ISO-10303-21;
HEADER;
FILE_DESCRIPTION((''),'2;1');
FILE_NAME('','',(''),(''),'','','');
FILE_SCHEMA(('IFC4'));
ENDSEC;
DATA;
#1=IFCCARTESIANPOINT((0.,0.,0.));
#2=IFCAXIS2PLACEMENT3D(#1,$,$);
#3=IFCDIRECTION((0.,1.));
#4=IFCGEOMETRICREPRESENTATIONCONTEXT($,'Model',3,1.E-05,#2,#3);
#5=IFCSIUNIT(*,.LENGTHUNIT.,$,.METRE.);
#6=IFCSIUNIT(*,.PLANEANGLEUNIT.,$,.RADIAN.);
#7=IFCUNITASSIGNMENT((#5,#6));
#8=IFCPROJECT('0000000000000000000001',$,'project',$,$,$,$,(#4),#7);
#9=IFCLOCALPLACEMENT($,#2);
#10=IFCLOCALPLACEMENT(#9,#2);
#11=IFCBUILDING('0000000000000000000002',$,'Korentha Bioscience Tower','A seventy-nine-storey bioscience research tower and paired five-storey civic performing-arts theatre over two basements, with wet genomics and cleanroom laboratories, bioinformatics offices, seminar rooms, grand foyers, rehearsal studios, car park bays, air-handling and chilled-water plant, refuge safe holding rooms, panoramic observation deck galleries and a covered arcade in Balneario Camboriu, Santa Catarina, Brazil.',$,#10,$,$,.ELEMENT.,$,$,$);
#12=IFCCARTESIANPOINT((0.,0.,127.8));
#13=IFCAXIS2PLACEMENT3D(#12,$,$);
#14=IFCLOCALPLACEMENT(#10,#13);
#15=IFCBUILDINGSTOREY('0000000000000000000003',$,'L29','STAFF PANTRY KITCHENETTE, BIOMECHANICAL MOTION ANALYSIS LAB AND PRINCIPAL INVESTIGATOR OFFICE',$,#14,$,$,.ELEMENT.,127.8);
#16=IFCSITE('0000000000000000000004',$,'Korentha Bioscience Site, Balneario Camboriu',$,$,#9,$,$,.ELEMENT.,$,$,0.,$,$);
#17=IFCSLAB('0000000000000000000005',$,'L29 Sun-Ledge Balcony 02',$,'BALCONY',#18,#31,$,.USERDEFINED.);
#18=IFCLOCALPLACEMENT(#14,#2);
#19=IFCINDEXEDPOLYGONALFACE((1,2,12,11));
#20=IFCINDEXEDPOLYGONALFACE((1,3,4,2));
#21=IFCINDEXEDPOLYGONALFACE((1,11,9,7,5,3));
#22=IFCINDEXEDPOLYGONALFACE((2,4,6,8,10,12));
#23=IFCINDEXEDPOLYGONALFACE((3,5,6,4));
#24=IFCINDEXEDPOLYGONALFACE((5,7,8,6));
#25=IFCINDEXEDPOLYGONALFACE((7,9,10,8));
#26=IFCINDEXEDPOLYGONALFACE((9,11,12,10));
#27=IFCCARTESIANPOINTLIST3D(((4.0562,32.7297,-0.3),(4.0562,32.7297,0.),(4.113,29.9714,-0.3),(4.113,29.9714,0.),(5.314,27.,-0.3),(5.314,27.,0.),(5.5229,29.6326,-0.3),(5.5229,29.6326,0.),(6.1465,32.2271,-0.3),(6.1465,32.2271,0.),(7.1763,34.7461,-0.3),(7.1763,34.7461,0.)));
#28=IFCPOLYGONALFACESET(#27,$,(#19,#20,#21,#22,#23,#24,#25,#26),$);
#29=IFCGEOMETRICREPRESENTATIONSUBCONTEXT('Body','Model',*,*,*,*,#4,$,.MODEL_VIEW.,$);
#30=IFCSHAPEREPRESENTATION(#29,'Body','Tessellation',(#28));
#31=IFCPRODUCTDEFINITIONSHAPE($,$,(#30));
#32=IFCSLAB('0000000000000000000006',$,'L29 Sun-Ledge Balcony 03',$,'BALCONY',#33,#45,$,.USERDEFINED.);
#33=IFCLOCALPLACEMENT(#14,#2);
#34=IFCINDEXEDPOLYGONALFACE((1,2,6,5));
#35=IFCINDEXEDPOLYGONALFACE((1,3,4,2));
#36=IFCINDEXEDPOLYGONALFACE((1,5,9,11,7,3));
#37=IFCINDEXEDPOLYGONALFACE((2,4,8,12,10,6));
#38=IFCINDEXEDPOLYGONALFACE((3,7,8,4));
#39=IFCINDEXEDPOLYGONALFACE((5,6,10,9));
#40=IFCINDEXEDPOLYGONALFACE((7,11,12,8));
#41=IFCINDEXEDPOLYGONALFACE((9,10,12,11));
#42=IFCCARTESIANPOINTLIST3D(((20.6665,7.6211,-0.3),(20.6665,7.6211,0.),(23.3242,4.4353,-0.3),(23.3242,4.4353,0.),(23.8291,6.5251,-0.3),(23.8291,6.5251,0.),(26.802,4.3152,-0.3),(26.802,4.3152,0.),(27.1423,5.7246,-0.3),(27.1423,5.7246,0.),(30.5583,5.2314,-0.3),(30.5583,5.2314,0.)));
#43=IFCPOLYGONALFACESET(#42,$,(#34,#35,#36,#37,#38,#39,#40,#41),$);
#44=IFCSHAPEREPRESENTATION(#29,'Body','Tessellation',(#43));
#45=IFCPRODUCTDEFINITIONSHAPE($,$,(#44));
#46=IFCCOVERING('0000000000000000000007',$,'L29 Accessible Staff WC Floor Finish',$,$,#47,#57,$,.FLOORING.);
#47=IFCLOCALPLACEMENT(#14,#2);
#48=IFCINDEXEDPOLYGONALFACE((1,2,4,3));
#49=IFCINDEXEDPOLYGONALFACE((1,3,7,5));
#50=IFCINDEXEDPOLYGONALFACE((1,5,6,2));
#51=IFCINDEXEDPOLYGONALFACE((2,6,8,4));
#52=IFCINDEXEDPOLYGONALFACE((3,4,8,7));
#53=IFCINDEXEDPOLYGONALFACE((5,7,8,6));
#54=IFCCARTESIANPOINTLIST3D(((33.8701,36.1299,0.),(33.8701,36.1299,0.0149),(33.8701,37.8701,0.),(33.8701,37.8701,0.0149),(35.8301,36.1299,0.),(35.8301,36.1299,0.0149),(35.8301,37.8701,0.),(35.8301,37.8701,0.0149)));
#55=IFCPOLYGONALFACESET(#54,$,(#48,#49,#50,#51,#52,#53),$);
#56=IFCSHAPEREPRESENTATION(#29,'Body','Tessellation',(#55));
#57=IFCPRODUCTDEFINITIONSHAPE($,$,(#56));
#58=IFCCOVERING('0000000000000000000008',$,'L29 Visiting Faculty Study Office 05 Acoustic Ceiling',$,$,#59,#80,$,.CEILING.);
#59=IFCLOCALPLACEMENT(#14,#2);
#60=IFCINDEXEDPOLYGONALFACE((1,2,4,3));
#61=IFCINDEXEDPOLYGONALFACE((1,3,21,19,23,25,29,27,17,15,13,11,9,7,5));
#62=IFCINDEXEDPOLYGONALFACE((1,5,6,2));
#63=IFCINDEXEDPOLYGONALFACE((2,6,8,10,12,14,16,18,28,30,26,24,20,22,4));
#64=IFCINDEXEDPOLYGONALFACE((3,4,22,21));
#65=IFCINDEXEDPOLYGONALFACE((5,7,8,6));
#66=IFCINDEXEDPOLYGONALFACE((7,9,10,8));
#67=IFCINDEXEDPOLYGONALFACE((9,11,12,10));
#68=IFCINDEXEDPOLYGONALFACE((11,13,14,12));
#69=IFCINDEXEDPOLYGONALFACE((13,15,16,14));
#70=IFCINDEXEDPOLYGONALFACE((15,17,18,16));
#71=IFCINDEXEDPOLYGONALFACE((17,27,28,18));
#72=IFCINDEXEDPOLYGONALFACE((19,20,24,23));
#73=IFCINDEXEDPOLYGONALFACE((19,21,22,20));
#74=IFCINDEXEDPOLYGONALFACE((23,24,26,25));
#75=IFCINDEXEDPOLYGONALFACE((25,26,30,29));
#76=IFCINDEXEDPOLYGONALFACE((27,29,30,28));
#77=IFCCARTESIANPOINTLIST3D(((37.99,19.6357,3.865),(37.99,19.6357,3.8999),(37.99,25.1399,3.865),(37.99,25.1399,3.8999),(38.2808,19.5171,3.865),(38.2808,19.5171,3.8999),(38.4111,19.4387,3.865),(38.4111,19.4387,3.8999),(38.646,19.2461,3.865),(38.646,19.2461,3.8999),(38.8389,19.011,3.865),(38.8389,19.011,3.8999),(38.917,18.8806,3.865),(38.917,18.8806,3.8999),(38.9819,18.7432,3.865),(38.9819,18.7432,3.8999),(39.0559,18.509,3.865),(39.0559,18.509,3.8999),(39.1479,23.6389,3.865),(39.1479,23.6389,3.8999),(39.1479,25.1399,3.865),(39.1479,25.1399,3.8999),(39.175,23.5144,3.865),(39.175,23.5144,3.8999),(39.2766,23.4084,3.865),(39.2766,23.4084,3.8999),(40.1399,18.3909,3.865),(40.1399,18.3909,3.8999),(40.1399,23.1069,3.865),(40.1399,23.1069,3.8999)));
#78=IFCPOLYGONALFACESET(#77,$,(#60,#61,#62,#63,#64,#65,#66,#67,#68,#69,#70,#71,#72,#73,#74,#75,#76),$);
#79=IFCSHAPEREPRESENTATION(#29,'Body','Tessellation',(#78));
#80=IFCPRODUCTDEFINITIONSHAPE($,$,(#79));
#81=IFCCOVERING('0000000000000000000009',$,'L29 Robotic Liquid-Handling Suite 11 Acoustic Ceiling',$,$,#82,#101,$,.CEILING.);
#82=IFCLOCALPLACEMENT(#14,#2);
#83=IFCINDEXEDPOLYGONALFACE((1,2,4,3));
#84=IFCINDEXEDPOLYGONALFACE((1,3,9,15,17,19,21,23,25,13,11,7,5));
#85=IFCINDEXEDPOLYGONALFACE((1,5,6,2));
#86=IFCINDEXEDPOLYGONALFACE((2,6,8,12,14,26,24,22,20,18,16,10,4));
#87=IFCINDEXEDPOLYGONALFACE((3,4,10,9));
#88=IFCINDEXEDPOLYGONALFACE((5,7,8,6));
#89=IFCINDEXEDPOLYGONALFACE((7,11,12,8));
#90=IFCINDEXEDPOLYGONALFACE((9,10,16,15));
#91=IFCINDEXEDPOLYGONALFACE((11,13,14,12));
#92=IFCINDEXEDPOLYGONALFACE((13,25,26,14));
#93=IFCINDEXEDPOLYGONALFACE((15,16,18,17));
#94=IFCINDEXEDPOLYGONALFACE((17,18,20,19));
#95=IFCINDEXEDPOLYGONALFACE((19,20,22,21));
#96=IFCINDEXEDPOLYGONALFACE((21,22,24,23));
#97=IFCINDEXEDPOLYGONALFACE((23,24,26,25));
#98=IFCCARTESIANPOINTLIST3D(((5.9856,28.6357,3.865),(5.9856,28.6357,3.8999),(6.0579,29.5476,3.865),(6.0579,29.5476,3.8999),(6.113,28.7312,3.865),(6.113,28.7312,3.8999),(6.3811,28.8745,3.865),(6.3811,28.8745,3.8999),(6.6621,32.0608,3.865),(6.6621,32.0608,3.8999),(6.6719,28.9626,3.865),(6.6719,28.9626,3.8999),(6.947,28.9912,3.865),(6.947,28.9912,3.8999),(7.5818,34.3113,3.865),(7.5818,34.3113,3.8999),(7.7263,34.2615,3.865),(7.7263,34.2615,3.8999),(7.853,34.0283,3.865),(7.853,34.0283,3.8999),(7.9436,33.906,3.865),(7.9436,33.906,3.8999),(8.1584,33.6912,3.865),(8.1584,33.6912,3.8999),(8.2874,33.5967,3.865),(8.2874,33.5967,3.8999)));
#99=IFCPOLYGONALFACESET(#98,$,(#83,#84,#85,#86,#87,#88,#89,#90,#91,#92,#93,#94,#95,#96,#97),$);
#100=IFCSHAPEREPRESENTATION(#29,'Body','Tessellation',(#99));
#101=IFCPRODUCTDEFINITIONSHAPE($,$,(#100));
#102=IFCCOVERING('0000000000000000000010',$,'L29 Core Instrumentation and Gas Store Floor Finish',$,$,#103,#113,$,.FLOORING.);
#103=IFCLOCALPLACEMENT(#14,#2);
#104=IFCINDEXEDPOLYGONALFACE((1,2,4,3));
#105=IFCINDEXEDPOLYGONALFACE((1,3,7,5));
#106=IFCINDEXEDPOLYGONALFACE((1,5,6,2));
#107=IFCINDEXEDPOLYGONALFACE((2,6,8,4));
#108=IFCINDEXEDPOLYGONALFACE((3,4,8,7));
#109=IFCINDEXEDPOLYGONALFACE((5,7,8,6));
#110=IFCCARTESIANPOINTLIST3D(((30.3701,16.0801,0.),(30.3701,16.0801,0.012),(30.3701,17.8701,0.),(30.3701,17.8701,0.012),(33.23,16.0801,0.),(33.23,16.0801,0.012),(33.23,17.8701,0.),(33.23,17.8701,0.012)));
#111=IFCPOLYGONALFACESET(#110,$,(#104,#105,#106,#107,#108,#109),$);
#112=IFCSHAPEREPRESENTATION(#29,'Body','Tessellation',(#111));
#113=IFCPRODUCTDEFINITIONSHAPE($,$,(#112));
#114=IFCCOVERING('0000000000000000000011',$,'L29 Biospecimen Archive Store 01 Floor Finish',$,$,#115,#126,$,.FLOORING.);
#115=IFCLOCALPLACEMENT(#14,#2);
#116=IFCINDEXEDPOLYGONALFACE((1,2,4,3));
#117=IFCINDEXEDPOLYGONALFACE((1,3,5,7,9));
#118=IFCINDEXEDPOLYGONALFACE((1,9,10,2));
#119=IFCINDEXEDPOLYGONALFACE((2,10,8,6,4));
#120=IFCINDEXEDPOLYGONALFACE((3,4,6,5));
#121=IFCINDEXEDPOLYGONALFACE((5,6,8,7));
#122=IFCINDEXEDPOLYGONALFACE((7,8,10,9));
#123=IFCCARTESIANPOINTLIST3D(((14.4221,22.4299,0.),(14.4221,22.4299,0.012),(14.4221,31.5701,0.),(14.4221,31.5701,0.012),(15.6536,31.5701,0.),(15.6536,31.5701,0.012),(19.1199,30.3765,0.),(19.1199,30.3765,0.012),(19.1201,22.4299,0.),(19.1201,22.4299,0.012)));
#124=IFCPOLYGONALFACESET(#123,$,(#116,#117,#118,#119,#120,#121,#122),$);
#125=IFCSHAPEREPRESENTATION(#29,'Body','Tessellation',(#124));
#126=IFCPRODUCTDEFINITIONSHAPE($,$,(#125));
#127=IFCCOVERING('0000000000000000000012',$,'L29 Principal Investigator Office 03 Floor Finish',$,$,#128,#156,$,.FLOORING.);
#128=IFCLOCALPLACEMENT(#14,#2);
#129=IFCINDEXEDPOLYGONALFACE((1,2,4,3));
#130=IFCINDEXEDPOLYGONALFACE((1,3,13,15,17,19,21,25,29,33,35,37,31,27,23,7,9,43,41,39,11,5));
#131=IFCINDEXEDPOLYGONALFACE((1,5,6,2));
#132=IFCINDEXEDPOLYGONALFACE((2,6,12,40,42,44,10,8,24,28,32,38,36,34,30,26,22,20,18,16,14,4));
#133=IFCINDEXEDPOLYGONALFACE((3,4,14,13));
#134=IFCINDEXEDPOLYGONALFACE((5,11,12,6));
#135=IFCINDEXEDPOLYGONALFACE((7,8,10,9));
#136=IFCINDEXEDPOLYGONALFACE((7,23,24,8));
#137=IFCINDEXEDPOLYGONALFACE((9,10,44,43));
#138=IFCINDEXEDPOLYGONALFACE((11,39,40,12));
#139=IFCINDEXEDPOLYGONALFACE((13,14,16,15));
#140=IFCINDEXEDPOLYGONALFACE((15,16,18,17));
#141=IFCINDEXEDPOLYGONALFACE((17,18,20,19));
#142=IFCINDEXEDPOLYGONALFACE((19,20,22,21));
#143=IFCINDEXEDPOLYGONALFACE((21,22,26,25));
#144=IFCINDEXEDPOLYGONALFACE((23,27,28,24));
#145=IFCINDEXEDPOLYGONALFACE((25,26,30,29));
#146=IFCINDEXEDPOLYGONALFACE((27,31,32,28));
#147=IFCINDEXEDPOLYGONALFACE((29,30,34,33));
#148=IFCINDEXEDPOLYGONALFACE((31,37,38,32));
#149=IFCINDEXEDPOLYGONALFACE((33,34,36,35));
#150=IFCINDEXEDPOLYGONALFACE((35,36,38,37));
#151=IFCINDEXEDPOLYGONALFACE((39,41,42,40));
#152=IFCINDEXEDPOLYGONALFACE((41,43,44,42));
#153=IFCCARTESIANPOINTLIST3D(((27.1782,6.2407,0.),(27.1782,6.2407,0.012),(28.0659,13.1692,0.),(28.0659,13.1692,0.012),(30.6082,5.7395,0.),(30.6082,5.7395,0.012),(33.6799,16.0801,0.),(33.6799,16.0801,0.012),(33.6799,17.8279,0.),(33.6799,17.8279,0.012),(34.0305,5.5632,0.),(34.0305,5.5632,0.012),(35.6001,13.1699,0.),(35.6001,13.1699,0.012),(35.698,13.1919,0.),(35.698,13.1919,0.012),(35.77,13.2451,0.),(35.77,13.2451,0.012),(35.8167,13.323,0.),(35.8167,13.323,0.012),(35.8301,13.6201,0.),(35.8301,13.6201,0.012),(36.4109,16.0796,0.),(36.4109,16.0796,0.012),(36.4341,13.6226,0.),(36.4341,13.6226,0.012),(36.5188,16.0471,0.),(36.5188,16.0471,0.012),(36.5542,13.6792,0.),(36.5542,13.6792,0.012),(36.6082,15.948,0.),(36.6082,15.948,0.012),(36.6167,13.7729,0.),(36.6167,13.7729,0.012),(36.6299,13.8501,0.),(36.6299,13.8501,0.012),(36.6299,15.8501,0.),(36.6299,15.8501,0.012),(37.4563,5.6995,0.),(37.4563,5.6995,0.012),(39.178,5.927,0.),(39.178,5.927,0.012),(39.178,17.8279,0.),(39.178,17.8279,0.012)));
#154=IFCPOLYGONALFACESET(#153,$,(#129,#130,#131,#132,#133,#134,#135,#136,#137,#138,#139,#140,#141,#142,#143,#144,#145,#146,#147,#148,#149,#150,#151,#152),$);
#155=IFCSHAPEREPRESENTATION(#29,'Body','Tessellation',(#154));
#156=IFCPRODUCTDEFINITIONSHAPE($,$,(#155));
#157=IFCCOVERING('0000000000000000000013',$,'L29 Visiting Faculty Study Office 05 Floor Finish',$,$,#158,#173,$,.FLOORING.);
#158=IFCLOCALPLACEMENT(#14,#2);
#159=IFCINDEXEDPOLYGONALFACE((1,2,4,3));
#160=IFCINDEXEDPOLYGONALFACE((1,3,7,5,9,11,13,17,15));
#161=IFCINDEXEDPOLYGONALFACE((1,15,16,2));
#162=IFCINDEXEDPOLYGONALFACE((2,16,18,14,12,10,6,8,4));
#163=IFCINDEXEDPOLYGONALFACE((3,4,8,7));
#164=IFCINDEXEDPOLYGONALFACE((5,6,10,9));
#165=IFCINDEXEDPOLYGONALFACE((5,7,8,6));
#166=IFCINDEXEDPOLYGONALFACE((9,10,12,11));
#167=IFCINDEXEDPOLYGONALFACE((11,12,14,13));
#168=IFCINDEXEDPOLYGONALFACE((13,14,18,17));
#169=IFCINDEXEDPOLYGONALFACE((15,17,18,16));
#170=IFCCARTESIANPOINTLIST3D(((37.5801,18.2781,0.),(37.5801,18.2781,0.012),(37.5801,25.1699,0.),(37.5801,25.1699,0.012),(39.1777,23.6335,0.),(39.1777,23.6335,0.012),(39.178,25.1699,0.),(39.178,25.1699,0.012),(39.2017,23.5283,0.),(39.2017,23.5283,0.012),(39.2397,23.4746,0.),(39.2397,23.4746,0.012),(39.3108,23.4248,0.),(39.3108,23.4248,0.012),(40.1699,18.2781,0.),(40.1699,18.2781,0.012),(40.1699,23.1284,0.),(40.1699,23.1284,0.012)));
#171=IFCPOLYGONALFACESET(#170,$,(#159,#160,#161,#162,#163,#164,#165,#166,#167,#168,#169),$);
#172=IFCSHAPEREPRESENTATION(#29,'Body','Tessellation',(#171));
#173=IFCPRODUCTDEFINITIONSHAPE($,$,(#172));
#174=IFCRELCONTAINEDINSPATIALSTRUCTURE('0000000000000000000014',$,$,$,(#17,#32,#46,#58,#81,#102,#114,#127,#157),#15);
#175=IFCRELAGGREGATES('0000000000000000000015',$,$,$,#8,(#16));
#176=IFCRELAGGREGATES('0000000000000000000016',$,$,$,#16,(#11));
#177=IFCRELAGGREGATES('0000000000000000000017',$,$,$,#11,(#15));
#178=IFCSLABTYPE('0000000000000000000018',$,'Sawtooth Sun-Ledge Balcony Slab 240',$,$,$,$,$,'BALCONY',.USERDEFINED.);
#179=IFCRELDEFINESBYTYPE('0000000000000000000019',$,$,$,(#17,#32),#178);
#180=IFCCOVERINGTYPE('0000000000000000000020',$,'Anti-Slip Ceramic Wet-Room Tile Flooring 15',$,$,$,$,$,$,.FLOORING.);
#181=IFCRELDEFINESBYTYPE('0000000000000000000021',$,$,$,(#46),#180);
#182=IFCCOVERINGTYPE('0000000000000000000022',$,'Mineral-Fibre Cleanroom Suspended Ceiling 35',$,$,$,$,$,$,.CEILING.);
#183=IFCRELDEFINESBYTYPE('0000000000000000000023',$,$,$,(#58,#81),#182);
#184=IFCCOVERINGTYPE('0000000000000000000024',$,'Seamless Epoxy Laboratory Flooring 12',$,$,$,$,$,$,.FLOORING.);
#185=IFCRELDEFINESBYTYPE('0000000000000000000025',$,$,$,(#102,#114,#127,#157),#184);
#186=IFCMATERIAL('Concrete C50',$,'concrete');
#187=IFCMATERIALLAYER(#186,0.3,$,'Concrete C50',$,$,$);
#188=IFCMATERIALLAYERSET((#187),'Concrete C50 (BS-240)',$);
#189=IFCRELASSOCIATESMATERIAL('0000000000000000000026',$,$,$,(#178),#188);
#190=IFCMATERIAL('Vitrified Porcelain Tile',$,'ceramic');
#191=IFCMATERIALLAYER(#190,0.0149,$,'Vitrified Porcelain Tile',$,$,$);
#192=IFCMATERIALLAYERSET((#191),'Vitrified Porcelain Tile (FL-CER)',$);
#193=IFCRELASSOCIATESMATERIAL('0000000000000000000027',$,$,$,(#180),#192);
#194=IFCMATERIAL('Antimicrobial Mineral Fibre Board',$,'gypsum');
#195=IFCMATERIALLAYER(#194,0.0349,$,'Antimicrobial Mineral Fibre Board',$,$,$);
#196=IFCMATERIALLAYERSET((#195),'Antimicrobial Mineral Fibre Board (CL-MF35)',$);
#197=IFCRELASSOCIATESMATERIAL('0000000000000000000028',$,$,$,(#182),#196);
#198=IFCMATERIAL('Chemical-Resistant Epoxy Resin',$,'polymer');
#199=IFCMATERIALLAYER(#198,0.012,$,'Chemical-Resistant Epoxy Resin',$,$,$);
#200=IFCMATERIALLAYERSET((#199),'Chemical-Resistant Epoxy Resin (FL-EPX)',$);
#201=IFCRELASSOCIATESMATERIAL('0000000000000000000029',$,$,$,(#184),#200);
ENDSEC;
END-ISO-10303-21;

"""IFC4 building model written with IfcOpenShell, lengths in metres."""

from ifc_helpers import new_model, si_unit, direction, frame, origin, place, context, subcontext, project, spatial, polyline, outline, extrude, material, layer, layer_set, type_object, element, save


model = new_model("IFC4")

# Units and contexts
model_context = context("Model", 3, precision=1e-05, world=origin(), true_north=direction((0.0, 1.0)))
body_context = subcontext(model_context, "Body", "Model", "MODEL_VIEW")
ifc_project = project(units=[si_unit("LENGTHUNIT", "METRE"), si_unit("PLANEANGLEUNIT", "RADIAN")], contexts=[model_context])

# Site, building, storey
site_placement = place(None, origin())
site = spatial("IfcSite", under=ifc_project, at=site_placement, Name="Korentha Bioscience Site, Balneario Camboriu", CompositionType="ELEMENT", RefElevation=0.0)
building_placement = place(site_placement, origin())
building = spatial("IfcBuilding", under=site, at=building_placement, Name="Korentha Bioscience Tower", Description="A seventy-nine-storey bioscience research tower and paired five-storey civic performing-arts theatre over two basements, with wet genomics and cleanroom laboratories, bioinformatics offices, seminar rooms, grand foyers, rehearsal studios, car park bays, air-handling and chilled-water plant, refuge safe holding rooms, panoramic observation deck galleries and a covered arcade in Balneario Camboriu, Santa Catarina, Brazil.", CompositionType="ELEMENT")
storey_placement = place(building_placement, frame((0.0, 0.0, 127.8)))
storey = spatial("IfcBuildingStorey", under=building, at=storey_placement, Name="L29", Description="STAFF PANTRY KITCHENETTE, BIOMECHANICAL MOTION ANALYSIS LAB AND PRINCIPAL INVESTIGATOR OFFICE", CompositionType="ELEMENT", Elevation=127.8)

# Shared definitions
ifc_material_1 = material(Name="Concrete C50", Category="concrete")

# Slabs
ifc_layer_1 = layer(ifc_material_1, 0.3, Name="Concrete C50")
ifc_layer_set_1 = layer_set([ifc_layer_1], Name="Concrete C50 (BS-240)")
slab_type_1 = type_object("IfcSlabType", Name="Sawtooth Sun-Ledge Balcony Slab 240", ElementType="BALCONY", PredefinedType="USERDEFINED", material=ifc_layer_set_1)
slab_1_placement = place(storey_placement, frame((0.0, 0.0, -0.3)))
element("IfcSlab", 1, at=slab_1_placement, inside=storey, type_object=slab_type_1, Name="L29 Sun-Ledge Balcony 02", ObjectType="BALCONY", PredefinedType="USERDEFINED", context=body_context, shape_type="SweptSolid", body=[
    extrude(outline(polyline([(5.314, 27.0), (5.5229, 29.6326), (6.1465, 32.2271), (7.1763, 34.7461), (4.0562, 32.7297), (4.113, 29.9714), (5.314, 27.0)])), origin(), (0.0, 0.0, 1.0), 0.3),
])
slab_2_placement = place(storey_placement, frame((0.0, 0.0, -0.3)))
element("IfcSlab", 2, at=slab_2_placement, inside=storey, type_object=slab_type_1, Name="L29 Sun-Ledge Balcony 03", ObjectType="BALCONY", PredefinedType="USERDEFINED", context=body_context, shape_type="SweptSolid", body=[
    extrude(outline(polyline([(30.5583, 5.2314), (27.1423, 5.7246), (23.8291, 6.5251), (20.6665, 7.6211), (23.3242, 4.4353), (26.802, 4.3152), (30.5583, 5.2314)])), origin(), (0.0, 0.0, 1.0), 0.3),
])

# Coverings
ifc_material_2 = material(Name="Vitrified Porcelain Tile", Category="ceramic")
ifc_layer_2 = layer(ifc_material_2, 0.0149, Name="Vitrified Porcelain Tile")
ifc_layer_set_2 = layer_set([ifc_layer_2], Name="Vitrified Porcelain Tile (FL-CER)")
covering_type_1 = type_object("IfcCoveringType", Name="Anti-Slip Ceramic Wet-Room Tile Flooring 15", PredefinedType="FLOORING", material=ifc_layer_set_2)
covering_1_placement = place(storey_placement, origin())
element("IfcCovering", 3, at=covering_1_placement, inside=storey, type_object=covering_type_1, Name="L29 Accessible Staff WC Floor Finish", PredefinedType="FLOORING", context=body_context, shape_type="SweptSolid", body=[
    extrude(outline(polyline([(33.8701, 36.1299), (33.8701, 37.8701), (35.8301, 37.8701), (35.8301, 36.1299), (33.8701, 36.1299)])), origin(), (0.0, 0.0, 1.0), 0.0149),
])
ifc_material_3 = material(Name="Antimicrobial Mineral Fibre Board", Category="gypsum")
ifc_layer_3 = layer(ifc_material_3, 0.0349, Name="Antimicrobial Mineral Fibre Board")
ifc_layer_set_3 = layer_set([ifc_layer_3], Name="Antimicrobial Mineral Fibre Board (CL-MF35)")
covering_type_2 = type_object("IfcCoveringType", Name="Mineral-Fibre Cleanroom Suspended Ceiling 35", PredefinedType="CEILING", material=ifc_layer_set_3)
covering_2_placement = place(storey_placement, frame((0.0, 0.0, 3.865)))
element("IfcCovering", 4, at=covering_2_placement, inside=storey, type_object=covering_type_2, Name="L29 Visiting Faculty Study Office 05 Acoustic Ceiling", PredefinedType="CEILING", context=body_context, shape_type="SweptSolid", body=[
    extrude(outline(polyline([(39.1479, 23.6389), (39.175, 23.5144), (39.2766, 23.4084), (40.1399, 23.1069), (40.1399, 18.3909), (39.0559, 18.509), (38.9819, 18.7432), (38.917, 18.8806), (38.8389, 19.011), (38.646, 19.2461), (38.4111, 19.4387), (38.2808, 19.5171), (37.99, 19.6357), (37.99, 25.1399), (39.1479, 25.1399), (39.1479, 23.6389)])), origin(), (0.0, 0.0, 1.0), 0.0349),
])
covering_3_placement = place(storey_placement, frame((0.0, 0.0, 3.865)))
element("IfcCovering", 5, at=covering_3_placement, inside=storey, type_object=covering_type_2, Name="L29 Robotic Liquid-Handling Suite 11 Acoustic Ceiling", PredefinedType="CEILING", context=body_context, shape_type="SweptSolid", body=[
    extrude(outline(polyline([(6.947, 28.9912), (6.6719, 28.9626), (6.3811, 28.8745), (6.113, 28.7312), (5.9856, 28.6357), (6.0579, 29.5476), (6.6621, 32.0608), (7.5818, 34.3113), (7.7263, 34.2615), (7.853, 34.0283), (7.9436, 33.906), (8.1584, 33.6912), (8.2874, 33.5967), (6.947, 28.9912)])), origin(), (0.0, 0.0, 1.0), 0.0349),
])
ifc_material_4 = material(Name="Chemical-Resistant Epoxy Resin", Category="polymer")
ifc_layer_4 = layer(ifc_material_4, 0.012, Name="Chemical-Resistant Epoxy Resin")
ifc_layer_set_4 = layer_set([ifc_layer_4], Name="Chemical-Resistant Epoxy Resin (FL-EPX)")
covering_type_3 = type_object("IfcCoveringType", Name="Seamless Epoxy Laboratory Flooring 12", PredefinedType="FLOORING", material=ifc_layer_set_4)
covering_4_placement = place(storey_placement, origin())
element("IfcCovering", 6, at=covering_4_placement, inside=storey, type_object=covering_type_3, Name="L29 Core Instrumentation and Gas Store Floor Finish", PredefinedType="FLOORING", context=body_context, shape_type="SweptSolid", body=[
    extrude(outline(polyline([(30.3701, 16.0801), (30.3701, 17.8701), (33.23, 17.8701), (33.23, 16.0801), (30.3701, 16.0801)])), origin(), (0.0, 0.0, 1.0), 0.012),
])
covering_5_placement = place(storey_placement, origin())
element("IfcCovering", 7, at=covering_5_placement, inside=storey, type_object=covering_type_3, Name="L29 Biospecimen Archive Store 01 Floor Finish", PredefinedType="FLOORING", context=body_context, shape_type="SweptSolid", body=[
    extrude(outline(polyline([(14.4221, 22.4299), (14.4221, 31.5701), (15.6536, 31.5701), (19.1199, 30.3765), (19.1201, 22.4299), (14.4221, 22.4299)])), origin(), (0.0, 0.0, 1.0), 0.012),
])
covering_6_placement = place(storey_placement, origin())
element("IfcCovering", 8, at=covering_6_placement, inside=storey, type_object=covering_type_3, Name="L29 Principal Investigator Office 03 Floor Finish", PredefinedType="FLOORING", context=body_context, shape_type="SweptSolid", body=[
    extrude(outline(polyline([(28.0659, 13.1692), (35.6001, 13.1699), (35.698, 13.1919), (35.77, 13.2451), (35.8167, 13.323), (35.8301, 13.6201), (36.4341, 13.6226), (36.5542, 13.6792), (36.6167, 13.7729), (36.6299, 13.8501), (36.6299, 15.8501), (36.6082, 15.948), (36.5188, 16.0471), (36.4109, 16.0796), (33.6799, 16.0801), (33.6799, 17.8279), (39.178, 17.8279), (39.178, 5.927), (37.4563, 5.6995), (34.0305, 5.5632), (30.6082, 5.7395), (27.1782, 6.2407), (28.0659, 13.1692)])), origin(), (0.0, 0.0, 1.0), 0.012),
])
covering_7_placement = place(storey_placement, origin())
element("IfcCovering", 9, at=covering_7_placement, inside=storey, type_object=covering_type_3, Name="L29 Visiting Faculty Study Office 05 Floor Finish", PredefinedType="FLOORING", context=body_context, shape_type="SweptSolid", body=[
    extrude(outline(polyline([(37.5801, 25.1699), (39.178, 25.1699), (39.1777, 23.6335), (39.2017, 23.5283), (39.2397, 23.4746), (39.3108, 23.4248), (40.1699, 23.1284), (40.1699, 18.2781), (37.5801, 18.2781), (37.5801, 25.1699)])), origin(), (0.0, 0.0, 1.0), 0.012),
])

save(model, "model.ifc")
